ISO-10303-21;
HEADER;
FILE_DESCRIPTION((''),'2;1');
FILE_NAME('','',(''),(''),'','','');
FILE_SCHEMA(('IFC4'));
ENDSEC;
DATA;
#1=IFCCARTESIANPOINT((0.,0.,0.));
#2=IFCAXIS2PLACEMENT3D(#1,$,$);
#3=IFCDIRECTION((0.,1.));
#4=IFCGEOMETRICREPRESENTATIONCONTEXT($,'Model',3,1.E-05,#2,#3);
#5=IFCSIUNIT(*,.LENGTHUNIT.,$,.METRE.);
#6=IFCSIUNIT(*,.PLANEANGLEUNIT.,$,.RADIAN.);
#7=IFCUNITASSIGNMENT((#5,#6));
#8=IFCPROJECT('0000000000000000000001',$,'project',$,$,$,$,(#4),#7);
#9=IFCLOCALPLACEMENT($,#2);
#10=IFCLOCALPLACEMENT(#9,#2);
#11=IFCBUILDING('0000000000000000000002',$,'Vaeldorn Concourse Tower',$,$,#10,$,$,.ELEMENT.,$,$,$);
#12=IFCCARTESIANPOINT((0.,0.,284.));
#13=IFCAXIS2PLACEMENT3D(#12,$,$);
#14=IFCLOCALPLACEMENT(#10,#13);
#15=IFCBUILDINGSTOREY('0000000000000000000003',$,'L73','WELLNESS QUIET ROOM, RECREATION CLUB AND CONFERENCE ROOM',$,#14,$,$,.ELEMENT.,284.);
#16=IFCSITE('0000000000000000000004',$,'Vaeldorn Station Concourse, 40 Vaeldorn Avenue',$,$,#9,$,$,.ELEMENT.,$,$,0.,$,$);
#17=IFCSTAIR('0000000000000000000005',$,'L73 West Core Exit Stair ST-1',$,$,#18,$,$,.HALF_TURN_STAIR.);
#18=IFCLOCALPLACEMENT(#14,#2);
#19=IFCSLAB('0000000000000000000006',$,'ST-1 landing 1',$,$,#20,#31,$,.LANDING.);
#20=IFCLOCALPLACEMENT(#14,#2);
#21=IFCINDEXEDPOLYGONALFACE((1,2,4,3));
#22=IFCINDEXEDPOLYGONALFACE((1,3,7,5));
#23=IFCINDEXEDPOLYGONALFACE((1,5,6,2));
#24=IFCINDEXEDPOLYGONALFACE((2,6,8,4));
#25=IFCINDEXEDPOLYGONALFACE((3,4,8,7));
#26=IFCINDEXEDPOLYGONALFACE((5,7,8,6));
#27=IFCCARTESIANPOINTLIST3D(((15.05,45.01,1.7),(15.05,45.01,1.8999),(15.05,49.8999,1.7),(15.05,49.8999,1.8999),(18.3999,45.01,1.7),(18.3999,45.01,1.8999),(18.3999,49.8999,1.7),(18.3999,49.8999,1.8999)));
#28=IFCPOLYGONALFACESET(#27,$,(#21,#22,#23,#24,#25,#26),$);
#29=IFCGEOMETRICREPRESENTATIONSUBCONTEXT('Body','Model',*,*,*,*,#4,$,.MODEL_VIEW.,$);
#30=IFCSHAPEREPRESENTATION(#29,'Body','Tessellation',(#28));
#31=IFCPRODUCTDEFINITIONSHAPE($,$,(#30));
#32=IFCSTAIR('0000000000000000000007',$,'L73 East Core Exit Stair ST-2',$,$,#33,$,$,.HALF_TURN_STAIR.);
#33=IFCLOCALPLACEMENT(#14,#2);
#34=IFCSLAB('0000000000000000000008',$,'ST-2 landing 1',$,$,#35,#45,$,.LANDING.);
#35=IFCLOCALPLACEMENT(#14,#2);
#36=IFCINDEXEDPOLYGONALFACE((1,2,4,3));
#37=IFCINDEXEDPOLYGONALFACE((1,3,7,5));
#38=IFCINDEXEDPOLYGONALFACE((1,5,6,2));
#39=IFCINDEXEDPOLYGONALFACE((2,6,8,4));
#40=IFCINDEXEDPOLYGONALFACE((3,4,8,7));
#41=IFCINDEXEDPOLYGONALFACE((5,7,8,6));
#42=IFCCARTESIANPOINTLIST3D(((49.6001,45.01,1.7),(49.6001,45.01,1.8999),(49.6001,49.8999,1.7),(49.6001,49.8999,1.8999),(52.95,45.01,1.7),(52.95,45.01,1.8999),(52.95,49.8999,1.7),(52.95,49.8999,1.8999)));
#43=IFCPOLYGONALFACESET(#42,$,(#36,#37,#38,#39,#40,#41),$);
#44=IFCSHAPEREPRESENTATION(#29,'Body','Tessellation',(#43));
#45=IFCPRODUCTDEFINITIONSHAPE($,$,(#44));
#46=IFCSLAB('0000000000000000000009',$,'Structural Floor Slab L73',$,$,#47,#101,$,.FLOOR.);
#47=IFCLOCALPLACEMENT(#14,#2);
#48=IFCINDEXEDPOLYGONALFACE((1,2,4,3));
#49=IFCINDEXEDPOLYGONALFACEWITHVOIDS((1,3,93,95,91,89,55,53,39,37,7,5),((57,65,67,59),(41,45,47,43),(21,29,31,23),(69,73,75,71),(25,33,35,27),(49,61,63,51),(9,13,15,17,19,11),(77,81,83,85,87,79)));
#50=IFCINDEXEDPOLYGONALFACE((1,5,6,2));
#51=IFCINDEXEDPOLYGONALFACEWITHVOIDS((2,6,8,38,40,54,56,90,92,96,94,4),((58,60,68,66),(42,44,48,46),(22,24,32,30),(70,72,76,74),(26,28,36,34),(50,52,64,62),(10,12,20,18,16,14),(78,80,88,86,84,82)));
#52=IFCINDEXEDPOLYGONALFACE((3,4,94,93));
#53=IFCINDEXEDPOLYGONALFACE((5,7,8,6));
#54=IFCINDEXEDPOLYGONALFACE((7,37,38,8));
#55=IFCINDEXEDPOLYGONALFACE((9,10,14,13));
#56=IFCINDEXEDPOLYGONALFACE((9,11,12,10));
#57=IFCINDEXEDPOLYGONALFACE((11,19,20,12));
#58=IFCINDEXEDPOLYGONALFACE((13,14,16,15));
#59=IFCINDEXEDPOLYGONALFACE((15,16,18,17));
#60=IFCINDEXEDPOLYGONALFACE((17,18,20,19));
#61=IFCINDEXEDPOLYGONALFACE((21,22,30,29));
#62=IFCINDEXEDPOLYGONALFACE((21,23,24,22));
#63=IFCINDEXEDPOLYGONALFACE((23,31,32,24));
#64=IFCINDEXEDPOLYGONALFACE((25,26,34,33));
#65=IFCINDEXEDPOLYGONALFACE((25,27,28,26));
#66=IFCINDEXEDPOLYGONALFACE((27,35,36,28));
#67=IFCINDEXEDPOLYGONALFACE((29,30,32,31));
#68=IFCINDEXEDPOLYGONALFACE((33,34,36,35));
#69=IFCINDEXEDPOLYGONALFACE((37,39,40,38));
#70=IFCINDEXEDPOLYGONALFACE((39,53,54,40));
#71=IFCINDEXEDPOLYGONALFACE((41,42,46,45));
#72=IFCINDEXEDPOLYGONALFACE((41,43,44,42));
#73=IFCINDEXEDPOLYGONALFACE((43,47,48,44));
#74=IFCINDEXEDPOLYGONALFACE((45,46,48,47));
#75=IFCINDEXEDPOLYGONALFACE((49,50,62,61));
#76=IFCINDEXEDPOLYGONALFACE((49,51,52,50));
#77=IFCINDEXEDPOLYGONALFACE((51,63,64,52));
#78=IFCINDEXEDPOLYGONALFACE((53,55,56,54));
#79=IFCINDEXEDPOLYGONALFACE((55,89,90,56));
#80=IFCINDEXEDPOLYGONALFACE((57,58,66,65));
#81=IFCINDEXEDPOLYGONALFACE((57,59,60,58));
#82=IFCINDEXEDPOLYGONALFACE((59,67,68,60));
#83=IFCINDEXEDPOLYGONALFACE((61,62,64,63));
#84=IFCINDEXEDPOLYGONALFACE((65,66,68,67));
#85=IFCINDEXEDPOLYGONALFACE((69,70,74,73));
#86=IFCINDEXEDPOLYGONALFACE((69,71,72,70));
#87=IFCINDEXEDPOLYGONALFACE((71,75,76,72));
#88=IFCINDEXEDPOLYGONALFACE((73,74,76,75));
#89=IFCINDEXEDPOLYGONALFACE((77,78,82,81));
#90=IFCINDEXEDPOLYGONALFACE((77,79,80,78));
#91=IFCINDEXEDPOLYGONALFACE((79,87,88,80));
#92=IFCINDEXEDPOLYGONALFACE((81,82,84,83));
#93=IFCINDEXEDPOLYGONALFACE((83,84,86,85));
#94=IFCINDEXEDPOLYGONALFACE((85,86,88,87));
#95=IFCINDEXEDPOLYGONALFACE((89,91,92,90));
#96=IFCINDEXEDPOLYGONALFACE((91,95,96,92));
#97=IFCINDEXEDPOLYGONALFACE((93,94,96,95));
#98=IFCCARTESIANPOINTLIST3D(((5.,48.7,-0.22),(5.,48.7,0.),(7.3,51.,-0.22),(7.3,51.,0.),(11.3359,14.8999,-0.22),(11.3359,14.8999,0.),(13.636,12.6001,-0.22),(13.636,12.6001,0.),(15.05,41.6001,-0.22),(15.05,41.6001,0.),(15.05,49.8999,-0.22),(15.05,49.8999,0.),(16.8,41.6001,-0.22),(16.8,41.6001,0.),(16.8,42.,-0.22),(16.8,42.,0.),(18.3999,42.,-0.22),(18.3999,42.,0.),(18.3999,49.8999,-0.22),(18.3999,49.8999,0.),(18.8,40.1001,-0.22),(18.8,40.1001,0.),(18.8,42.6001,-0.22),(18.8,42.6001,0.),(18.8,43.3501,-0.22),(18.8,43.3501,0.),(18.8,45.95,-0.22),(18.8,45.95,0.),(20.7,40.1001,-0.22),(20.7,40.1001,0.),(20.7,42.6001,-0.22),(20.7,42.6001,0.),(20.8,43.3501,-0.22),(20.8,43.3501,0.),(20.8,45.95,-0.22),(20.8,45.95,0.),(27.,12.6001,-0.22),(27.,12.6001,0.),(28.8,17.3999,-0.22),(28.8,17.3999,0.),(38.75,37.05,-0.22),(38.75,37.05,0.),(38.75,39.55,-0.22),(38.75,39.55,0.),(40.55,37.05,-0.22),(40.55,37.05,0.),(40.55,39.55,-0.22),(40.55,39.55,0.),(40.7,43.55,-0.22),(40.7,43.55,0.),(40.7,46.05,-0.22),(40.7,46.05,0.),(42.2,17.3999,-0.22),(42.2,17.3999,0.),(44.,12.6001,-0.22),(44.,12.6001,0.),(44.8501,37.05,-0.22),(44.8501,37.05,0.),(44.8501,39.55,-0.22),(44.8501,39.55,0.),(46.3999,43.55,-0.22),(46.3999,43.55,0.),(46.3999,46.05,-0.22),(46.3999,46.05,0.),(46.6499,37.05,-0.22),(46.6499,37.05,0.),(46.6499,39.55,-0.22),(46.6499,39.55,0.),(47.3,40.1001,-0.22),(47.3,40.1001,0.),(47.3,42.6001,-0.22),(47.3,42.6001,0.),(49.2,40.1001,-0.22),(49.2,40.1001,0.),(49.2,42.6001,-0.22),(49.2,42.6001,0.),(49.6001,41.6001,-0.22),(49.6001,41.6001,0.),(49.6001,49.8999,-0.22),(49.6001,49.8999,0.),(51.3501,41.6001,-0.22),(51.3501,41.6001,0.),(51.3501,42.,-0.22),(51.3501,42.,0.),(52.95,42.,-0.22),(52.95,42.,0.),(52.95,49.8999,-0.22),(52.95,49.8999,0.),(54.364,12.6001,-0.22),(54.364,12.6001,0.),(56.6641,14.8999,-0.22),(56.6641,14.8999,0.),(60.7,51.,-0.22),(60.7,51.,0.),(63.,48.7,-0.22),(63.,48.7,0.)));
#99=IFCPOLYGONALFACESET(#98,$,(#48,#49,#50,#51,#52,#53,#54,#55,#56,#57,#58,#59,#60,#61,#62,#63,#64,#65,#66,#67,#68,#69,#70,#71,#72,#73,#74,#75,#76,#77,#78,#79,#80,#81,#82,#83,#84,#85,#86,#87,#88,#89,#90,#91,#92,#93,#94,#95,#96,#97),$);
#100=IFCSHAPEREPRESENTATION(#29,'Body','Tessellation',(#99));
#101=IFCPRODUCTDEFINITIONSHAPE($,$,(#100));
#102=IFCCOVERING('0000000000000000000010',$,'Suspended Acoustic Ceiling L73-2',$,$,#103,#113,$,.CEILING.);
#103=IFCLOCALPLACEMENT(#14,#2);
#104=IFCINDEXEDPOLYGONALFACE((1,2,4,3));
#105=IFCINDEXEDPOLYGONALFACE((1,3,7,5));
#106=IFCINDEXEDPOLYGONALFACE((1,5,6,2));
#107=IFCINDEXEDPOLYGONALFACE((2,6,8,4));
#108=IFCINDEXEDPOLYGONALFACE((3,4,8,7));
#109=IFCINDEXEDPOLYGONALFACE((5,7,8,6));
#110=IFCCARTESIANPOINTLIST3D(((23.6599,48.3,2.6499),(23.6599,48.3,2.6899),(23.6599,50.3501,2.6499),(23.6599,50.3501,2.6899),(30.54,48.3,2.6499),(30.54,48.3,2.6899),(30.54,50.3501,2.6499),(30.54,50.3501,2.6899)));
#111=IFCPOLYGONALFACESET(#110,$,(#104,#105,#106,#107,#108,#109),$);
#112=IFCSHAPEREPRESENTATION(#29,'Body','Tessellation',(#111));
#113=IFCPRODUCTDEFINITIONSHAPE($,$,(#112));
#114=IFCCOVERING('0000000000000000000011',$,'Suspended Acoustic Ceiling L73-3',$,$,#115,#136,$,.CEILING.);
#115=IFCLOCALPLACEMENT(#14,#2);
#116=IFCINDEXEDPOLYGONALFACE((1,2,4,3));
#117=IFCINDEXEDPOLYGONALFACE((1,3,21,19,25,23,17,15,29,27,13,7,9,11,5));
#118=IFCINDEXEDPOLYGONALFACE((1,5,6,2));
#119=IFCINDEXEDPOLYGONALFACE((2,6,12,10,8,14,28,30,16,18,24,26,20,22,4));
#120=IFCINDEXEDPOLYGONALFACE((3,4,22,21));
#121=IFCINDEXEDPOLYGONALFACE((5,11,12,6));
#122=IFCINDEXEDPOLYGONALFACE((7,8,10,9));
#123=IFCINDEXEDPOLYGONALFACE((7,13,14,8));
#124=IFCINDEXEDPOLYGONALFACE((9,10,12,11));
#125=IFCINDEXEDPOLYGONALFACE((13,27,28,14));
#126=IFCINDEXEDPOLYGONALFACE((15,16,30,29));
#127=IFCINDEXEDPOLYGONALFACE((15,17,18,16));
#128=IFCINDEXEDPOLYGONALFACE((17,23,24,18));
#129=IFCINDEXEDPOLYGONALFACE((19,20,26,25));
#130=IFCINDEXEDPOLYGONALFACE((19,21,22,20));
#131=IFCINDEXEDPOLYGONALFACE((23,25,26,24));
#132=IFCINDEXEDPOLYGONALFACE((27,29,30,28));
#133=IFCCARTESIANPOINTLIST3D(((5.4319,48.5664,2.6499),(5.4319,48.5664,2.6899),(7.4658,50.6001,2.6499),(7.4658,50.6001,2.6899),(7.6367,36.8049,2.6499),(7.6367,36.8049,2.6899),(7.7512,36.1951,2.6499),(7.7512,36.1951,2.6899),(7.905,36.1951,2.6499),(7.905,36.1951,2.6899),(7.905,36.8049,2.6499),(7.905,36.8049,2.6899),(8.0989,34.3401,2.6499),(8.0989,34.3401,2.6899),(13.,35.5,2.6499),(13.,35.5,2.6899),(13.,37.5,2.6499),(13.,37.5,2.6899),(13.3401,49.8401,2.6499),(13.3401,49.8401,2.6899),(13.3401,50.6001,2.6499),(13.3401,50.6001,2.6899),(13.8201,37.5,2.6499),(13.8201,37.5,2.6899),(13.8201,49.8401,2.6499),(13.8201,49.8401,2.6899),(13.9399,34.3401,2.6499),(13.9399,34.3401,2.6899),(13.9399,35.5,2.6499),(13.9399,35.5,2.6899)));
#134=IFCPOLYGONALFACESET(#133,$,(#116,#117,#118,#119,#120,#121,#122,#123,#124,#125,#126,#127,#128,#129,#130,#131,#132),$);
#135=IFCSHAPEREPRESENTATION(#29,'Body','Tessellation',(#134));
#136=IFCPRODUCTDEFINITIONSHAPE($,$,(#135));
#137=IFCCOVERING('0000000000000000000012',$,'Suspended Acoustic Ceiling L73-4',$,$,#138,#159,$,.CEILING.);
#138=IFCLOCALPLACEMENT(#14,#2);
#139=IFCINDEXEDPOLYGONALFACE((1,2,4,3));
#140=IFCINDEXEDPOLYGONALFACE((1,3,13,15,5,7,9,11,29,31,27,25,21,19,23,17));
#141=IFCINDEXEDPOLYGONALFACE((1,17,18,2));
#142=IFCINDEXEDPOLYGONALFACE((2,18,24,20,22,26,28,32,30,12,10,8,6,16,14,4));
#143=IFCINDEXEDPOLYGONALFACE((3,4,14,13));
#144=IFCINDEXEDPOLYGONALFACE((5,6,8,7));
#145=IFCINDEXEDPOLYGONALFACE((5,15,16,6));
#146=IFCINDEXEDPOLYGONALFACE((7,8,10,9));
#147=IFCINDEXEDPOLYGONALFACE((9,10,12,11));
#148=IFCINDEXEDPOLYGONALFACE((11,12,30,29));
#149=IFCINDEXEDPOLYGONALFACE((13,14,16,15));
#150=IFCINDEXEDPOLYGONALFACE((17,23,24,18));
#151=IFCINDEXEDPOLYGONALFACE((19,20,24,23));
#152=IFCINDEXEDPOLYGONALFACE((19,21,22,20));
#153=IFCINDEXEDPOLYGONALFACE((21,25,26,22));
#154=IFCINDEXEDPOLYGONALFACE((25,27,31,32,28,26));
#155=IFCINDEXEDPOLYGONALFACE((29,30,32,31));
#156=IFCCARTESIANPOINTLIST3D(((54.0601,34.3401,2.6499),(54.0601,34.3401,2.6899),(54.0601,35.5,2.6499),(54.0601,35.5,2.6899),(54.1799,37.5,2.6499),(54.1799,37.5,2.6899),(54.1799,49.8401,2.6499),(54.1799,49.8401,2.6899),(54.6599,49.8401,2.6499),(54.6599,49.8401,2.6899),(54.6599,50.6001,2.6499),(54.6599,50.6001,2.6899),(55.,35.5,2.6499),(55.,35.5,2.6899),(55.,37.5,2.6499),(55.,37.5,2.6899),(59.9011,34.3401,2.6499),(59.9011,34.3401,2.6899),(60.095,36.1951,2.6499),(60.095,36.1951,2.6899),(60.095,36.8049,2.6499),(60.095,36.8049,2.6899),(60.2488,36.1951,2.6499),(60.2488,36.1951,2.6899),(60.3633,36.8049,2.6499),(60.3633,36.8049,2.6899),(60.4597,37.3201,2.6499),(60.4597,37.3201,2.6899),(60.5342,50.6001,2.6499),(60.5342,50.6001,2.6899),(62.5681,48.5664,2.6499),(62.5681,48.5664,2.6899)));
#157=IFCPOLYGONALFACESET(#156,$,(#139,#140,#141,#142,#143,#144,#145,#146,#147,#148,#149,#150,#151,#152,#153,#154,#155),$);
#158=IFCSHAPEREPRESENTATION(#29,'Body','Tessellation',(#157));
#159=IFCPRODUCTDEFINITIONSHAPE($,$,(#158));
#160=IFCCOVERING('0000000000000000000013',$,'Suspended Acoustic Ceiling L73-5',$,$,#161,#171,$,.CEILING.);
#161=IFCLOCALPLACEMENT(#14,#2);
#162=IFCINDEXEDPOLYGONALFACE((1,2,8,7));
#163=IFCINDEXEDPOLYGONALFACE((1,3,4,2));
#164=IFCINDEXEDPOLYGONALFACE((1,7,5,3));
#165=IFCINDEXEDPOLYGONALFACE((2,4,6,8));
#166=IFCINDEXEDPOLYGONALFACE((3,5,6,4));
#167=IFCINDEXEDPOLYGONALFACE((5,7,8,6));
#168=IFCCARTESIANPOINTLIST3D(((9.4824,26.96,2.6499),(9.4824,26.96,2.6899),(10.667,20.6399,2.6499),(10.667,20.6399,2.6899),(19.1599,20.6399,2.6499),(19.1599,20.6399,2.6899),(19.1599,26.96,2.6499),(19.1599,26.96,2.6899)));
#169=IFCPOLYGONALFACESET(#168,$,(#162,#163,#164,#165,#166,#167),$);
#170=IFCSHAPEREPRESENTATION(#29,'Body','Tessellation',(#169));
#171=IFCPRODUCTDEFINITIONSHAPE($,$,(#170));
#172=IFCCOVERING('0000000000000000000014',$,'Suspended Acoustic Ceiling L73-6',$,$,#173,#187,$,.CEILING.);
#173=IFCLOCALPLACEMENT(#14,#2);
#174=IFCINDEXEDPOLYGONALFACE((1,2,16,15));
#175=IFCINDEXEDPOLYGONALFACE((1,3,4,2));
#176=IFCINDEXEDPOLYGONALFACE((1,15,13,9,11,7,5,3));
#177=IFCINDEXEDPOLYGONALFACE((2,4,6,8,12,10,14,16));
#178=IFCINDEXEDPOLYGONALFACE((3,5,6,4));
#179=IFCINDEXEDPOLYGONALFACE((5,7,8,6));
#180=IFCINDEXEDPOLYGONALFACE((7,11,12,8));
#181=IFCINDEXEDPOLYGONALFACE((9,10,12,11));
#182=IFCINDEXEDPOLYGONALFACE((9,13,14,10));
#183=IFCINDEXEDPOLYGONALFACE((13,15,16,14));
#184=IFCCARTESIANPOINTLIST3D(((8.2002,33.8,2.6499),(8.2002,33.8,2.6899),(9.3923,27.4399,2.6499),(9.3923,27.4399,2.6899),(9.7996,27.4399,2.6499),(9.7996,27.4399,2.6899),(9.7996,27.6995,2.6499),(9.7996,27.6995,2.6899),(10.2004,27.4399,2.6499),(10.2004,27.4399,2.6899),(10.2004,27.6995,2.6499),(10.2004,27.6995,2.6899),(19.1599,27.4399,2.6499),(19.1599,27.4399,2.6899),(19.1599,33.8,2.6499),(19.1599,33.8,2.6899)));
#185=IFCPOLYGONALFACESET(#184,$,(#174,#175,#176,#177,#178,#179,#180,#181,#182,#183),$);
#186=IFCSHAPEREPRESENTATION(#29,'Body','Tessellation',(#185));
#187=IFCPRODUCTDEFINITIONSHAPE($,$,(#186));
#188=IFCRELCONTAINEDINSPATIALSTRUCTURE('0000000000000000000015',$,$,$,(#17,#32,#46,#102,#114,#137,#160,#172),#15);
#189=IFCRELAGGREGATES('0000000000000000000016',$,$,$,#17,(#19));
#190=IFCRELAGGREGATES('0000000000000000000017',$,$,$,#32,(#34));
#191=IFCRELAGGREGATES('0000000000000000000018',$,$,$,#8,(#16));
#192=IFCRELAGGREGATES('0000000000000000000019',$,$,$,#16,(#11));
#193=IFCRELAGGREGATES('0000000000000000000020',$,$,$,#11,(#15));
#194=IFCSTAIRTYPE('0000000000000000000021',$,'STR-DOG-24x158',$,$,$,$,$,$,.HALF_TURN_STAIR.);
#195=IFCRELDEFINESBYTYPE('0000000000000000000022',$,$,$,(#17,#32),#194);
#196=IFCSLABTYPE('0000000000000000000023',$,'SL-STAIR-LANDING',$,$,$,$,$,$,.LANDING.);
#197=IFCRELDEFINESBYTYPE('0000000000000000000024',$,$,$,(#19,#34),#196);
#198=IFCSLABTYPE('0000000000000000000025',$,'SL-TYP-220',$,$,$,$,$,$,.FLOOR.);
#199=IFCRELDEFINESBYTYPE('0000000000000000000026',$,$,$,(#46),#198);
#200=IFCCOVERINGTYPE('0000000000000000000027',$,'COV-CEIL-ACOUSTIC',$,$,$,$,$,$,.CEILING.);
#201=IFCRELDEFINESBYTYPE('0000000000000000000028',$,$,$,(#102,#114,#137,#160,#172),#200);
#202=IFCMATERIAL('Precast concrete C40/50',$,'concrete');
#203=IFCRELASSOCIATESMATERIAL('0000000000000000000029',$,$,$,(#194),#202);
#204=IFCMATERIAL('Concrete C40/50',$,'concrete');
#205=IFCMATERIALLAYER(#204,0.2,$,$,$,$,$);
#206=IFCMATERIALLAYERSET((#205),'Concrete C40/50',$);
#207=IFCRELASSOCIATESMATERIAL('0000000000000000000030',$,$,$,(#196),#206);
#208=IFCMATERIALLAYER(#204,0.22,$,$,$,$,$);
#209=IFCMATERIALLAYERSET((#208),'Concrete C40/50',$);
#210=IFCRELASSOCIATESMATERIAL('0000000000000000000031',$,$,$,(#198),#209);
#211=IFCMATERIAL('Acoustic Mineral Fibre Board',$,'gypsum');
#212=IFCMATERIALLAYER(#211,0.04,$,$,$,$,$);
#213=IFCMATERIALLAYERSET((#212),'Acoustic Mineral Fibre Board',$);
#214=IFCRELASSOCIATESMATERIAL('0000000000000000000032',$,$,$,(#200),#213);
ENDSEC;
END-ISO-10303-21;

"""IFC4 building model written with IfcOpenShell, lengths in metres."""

from ifc_helpers import new_model, si_unit, direction, frame, origin, place, context, subcontext, project, spatial, polyline, outline, extrude, material, layer, layer_set, type_object, element, aggregate, save


model = new_model("IFC4")

# Units and contexts
model_context = context("Model", 3, precision=1e-05, world=origin(), true_north=direction((0.0, 1.0)))
body_context = subcontext(model_context, "Body", "Model", "MODEL_VIEW")
ifc_project = project(units=[si_unit("LENGTHUNIT", "METRE"), si_unit("PLANEANGLEUNIT", "RADIAN")], contexts=[model_context])

# Site, building, storey
site_placement = place(None, origin())
site = spatial("IfcSite", under=ifc_project, at=site_placement, Name="Vaeldorn Station Concourse, 40 Vaeldorn Avenue", CompositionType="ELEMENT", RefElevation=0.0)
building_placement = place(site_placement, origin())
building = spatial("IfcBuilding", under=site, at=building_placement, Name="Vaeldorn Concourse Tower", CompositionType="ELEMENT")
storey_placement = place(building_placement, frame((0.0, 0.0, 284.0)))
storey = spatial("IfcBuildingStorey", under=building, at=storey_placement, Name="L73", Description="WELLNESS QUIET ROOM, RECREATION CLUB AND CONFERENCE ROOM", CompositionType="ELEMENT", Elevation=284.0)

# Stairs, slabs
ifc_material_1 = material(Name="Precast concrete C40/50", Category="concrete")
stair_type = type_object("IfcStairType", Name="STR-DOG-24x158", PredefinedType="HALF_TURN_STAIR", material=ifc_material_1)
stair_1_placement = place(storey_placement, origin())
stair_1 = element("IfcStair", 1, at=stair_1_placement, inside=storey, type_object=stair_type, Name="L73 West Core Exit Stair ST-1", PredefinedType="HALF_TURN_STAIR")
ifc_material_2 = material(Name="Concrete C40/50", Category="concrete")
ifc_layer_1 = layer(ifc_material_2, 0.2)
ifc_layer_set_1 = layer_set([ifc_layer_1], Name="Concrete C40/50")
slab_type_1 = type_object("IfcSlabType", Name="SL-STAIR-LANDING", PredefinedType="LANDING", material=ifc_layer_set_1)
slab_1_placement = place(storey_placement, frame((0.0, 0.0, 1.7)))
slab_1 = element("IfcSlab", 2, at=slab_1_placement, type_object=slab_type_1, Name="ST-1 landing 1", PredefinedType="LANDING", context=body_context, shape_type="SweptSolid", body=[
    extrude(outline(polyline([(18.3999, 45.01), (18.3999, 49.8999), (15.05, 49.8999), (15.05, 45.01), (18.3999, 45.01)])), origin(), (0.0, 0.0, 1.0), 0.2),
])
aggregate(stair_1, [slab_1])
stair_2_placement = place(storey_placement, origin())
stair_2 = element("IfcStair", 3, at=stair_2_placement, inside=storey, type_object=stair_type, Name="L73 East Core Exit Stair ST-2", PredefinedType="HALF_TURN_STAIR")
slab_2_placement = place(storey_placement, frame((0.0, 0.0, 1.7)))
slab_2 = element("IfcSlab", 4, at=slab_2_placement, type_object=slab_type_1, Name="ST-2 landing 1", PredefinedType="LANDING", context=body_context, shape_type="SweptSolid", body=[
    extrude(outline(polyline([(52.95, 45.01), (52.95, 49.8999), (49.6001, 49.8999), (49.6001, 45.01), (52.95, 45.01)])), origin(), (0.0, 0.0, 1.0), 0.2),
])
aggregate(stair_2, [slab_2])

# Slab
ifc_layer_2 = layer(ifc_material_2, 0.22)
ifc_layer_set_2 = layer_set([ifc_layer_2], Name="Concrete C40/50")
slab_type_2 = type_object("IfcSlabType", Name="SL-TYP-220", PredefinedType="FLOOR", material=ifc_layer_set_2)
slab_3_placement = place(storey_placement, frame((0.0, 0.0, -0.22)))
element("IfcSlab", 5, at=slab_3_placement, inside=storey, type_object=slab_type_2, Name="Structural Floor Slab L73", PredefinedType="FLOOR", context=body_context, shape_type="SweptSolid", body=[
    extrude(outline(polyline([(13.636, 12.6001), (27.0, 12.6001), (28.8, 17.3999), (42.2, 17.3999), (44.0, 12.6001), (54.364, 12.6001), (56.6641, 14.8999), (63.0, 48.7), (60.7, 51.0), (7.3, 51.0), (5.0, 48.7), (11.3359, 14.8999), (13.636, 12.6001)]), holes=[polyline([(18.3999, 42.0), (18.3999, 49.8999), (15.05, 49.8999), (15.05, 41.6001), (16.8, 41.6001), (16.8, 42.0), (18.3999, 42.0)]), polyline([(52.95, 42.0), (52.95, 49.8999), (49.6001, 49.8999), (49.6001, 41.6001), (51.3501, 41.6001), (51.3501, 42.0), (52.95, 42.0)]), polyline([(38.75, 37.05), (40.55, 37.05), (40.55, 39.55), (38.75, 39.55), (38.75, 37.05)]), polyline([(44.8501, 37.05), (46.6499, 37.05), (46.6499, 39.55), (44.8501, 39.55), (44.8501, 37.05)]), polyline([(40.7, 43.55), (46.3999, 43.55), (46.3999, 46.05), (40.7, 46.05), (40.7, 43.55)]), polyline([(18.8, 43.3501), (20.8, 43.3501), (20.8, 45.95), (18.8, 45.95), (18.8, 43.3501)]), polyline([(18.8, 40.1001), (20.7, 40.1001), (20.7, 42.6001), (18.8, 42.6001), (18.8, 40.1001)]), polyline([(47.3, 40.1001), (49.2, 40.1001), (49.2, 42.6001), (47.3, 42.6001), (47.3, 40.1001)])]), origin(), (0.0, 0.0, 1.0), 0.22),
])

# Coverings
ifc_material_3 = material(Name="Acoustic Mineral Fibre Board", Category="gypsum")
ifc_layer_3 = layer(ifc_material_3, 0.04)
ifc_layer_set_3 = layer_set([ifc_layer_3], Name="Acoustic Mineral Fibre Board")
covering_type_1 = type_object("IfcCoveringType", Name="COV-CEIL-ACOUSTIC", PredefinedType="CEILING", material=ifc_layer_set_3)
covering_1_placement = place(storey_placement, frame((0.0, 0.0, 2.6499)))
element("IfcCovering", 6, at=covering_1_placement, inside=storey, type_object=covering_type_1, Name="Suspended Acoustic Ceiling L73-2", PredefinedType="CEILING", context=body_context, shape_type="SweptSolid", body=[
    extrude(outline(polyline([(30.54, 50.3501), (30.54, 48.3), (23.6599, 48.3), (23.6599, 50.3501), (30.54, 50.3501)])), origin(), (0.0, 0.0, 1.0), 0.04),
])
covering_2_placement = place(storey_placement, frame((0.0, 0.0, 2.6499)))
element("IfcCovering", 7, at=covering_2_placement, inside=storey, type_object=covering_type_1, Name="Suspended Acoustic Ceiling L73-3", PredefinedType="CEILING", context=body_context, shape_type="SweptSolid", body=[
    extrude(outline(polyline([(7.4658, 50.6001), (13.3401, 50.6001), (13.3401, 49.8401), (13.8201, 49.8401), (13.8201, 37.5), (13.0, 37.5), (13.0, 35.5), (13.9399, 35.5), (13.9399, 34.3401), (8.0989, 34.3401), (7.7512, 36.1951), (7.905, 36.1951), (7.905, 36.8049), (7.6367, 36.8049), (5.4319, 48.5664), (7.4658, 50.6001)])), origin(), (0.0, 0.0, 1.0), 0.04),
])
covering_3_placement = place(storey_placement, frame((0.0, 0.0, 2.6499)))
element("IfcCovering", 8, at=covering_3_placement, inside=storey, type_object=covering_type_1, Name="Suspended Acoustic Ceiling L73-4", PredefinedType="CEILING", context=body_context, shape_type="SweptSolid", body=[
    extrude(outline(polyline([(54.1799, 49.8401), (54.6599, 49.8401), (54.6599, 50.6001), (60.5342, 50.6001), (62.5681, 48.5664), (60.4597, 37.3201), (60.4597, 37.3201), (60.3633, 36.8049), (60.095, 36.8049), (60.095, 36.1951), (60.2488, 36.1951), (59.9011, 34.3401), (54.0601, 34.3401), (54.0601, 35.5), (55.0, 35.5), (55.0, 37.5), (54.1799, 37.5), (54.1799, 49.8401)])), origin(), (0.0, 0.0, 1.0), 0.04),
])
covering_4_placement = place(storey_placement, frame((0.0, 0.0, 2.6499)))
element("IfcCovering", 9, at=covering_4_placement, inside=storey, type_object=covering_type_1, Name="Suspended Acoustic Ceiling L73-5", PredefinedType="CEILING", context=body_context, shape_type="SweptSolid", body=[
    extrude(outline(polyline([(19.1599, 26.96), (19.1599, 20.6399), (10.667, 20.6399), (9.4824, 26.96), (19.1599, 26.96)])), origin(), (0.0, 0.0, 1.0), 0.04),
])
covering_5_placement = place(storey_placement, frame((0.0, 0.0, 2.6499)))
element("IfcCovering", 10, at=covering_5_placement, inside=storey, type_object=covering_type_1, Name="Suspended Acoustic Ceiling L73-6", PredefinedType="CEILING", context=body_context, shape_type="SweptSolid", body=[
    extrude(outline(polyline([(19.1599, 33.8), (19.1599, 27.4399), (10.2004, 27.4399), (10.2004, 27.6995), (9.7996, 27.6995), (9.7996, 27.4399), (9.3923, 27.4399), (8.2002, 33.8), (19.1599, 33.8)])), origin(), (0.0, 0.0, 1.0), 0.04),
])

save(model, "model.ifc")
